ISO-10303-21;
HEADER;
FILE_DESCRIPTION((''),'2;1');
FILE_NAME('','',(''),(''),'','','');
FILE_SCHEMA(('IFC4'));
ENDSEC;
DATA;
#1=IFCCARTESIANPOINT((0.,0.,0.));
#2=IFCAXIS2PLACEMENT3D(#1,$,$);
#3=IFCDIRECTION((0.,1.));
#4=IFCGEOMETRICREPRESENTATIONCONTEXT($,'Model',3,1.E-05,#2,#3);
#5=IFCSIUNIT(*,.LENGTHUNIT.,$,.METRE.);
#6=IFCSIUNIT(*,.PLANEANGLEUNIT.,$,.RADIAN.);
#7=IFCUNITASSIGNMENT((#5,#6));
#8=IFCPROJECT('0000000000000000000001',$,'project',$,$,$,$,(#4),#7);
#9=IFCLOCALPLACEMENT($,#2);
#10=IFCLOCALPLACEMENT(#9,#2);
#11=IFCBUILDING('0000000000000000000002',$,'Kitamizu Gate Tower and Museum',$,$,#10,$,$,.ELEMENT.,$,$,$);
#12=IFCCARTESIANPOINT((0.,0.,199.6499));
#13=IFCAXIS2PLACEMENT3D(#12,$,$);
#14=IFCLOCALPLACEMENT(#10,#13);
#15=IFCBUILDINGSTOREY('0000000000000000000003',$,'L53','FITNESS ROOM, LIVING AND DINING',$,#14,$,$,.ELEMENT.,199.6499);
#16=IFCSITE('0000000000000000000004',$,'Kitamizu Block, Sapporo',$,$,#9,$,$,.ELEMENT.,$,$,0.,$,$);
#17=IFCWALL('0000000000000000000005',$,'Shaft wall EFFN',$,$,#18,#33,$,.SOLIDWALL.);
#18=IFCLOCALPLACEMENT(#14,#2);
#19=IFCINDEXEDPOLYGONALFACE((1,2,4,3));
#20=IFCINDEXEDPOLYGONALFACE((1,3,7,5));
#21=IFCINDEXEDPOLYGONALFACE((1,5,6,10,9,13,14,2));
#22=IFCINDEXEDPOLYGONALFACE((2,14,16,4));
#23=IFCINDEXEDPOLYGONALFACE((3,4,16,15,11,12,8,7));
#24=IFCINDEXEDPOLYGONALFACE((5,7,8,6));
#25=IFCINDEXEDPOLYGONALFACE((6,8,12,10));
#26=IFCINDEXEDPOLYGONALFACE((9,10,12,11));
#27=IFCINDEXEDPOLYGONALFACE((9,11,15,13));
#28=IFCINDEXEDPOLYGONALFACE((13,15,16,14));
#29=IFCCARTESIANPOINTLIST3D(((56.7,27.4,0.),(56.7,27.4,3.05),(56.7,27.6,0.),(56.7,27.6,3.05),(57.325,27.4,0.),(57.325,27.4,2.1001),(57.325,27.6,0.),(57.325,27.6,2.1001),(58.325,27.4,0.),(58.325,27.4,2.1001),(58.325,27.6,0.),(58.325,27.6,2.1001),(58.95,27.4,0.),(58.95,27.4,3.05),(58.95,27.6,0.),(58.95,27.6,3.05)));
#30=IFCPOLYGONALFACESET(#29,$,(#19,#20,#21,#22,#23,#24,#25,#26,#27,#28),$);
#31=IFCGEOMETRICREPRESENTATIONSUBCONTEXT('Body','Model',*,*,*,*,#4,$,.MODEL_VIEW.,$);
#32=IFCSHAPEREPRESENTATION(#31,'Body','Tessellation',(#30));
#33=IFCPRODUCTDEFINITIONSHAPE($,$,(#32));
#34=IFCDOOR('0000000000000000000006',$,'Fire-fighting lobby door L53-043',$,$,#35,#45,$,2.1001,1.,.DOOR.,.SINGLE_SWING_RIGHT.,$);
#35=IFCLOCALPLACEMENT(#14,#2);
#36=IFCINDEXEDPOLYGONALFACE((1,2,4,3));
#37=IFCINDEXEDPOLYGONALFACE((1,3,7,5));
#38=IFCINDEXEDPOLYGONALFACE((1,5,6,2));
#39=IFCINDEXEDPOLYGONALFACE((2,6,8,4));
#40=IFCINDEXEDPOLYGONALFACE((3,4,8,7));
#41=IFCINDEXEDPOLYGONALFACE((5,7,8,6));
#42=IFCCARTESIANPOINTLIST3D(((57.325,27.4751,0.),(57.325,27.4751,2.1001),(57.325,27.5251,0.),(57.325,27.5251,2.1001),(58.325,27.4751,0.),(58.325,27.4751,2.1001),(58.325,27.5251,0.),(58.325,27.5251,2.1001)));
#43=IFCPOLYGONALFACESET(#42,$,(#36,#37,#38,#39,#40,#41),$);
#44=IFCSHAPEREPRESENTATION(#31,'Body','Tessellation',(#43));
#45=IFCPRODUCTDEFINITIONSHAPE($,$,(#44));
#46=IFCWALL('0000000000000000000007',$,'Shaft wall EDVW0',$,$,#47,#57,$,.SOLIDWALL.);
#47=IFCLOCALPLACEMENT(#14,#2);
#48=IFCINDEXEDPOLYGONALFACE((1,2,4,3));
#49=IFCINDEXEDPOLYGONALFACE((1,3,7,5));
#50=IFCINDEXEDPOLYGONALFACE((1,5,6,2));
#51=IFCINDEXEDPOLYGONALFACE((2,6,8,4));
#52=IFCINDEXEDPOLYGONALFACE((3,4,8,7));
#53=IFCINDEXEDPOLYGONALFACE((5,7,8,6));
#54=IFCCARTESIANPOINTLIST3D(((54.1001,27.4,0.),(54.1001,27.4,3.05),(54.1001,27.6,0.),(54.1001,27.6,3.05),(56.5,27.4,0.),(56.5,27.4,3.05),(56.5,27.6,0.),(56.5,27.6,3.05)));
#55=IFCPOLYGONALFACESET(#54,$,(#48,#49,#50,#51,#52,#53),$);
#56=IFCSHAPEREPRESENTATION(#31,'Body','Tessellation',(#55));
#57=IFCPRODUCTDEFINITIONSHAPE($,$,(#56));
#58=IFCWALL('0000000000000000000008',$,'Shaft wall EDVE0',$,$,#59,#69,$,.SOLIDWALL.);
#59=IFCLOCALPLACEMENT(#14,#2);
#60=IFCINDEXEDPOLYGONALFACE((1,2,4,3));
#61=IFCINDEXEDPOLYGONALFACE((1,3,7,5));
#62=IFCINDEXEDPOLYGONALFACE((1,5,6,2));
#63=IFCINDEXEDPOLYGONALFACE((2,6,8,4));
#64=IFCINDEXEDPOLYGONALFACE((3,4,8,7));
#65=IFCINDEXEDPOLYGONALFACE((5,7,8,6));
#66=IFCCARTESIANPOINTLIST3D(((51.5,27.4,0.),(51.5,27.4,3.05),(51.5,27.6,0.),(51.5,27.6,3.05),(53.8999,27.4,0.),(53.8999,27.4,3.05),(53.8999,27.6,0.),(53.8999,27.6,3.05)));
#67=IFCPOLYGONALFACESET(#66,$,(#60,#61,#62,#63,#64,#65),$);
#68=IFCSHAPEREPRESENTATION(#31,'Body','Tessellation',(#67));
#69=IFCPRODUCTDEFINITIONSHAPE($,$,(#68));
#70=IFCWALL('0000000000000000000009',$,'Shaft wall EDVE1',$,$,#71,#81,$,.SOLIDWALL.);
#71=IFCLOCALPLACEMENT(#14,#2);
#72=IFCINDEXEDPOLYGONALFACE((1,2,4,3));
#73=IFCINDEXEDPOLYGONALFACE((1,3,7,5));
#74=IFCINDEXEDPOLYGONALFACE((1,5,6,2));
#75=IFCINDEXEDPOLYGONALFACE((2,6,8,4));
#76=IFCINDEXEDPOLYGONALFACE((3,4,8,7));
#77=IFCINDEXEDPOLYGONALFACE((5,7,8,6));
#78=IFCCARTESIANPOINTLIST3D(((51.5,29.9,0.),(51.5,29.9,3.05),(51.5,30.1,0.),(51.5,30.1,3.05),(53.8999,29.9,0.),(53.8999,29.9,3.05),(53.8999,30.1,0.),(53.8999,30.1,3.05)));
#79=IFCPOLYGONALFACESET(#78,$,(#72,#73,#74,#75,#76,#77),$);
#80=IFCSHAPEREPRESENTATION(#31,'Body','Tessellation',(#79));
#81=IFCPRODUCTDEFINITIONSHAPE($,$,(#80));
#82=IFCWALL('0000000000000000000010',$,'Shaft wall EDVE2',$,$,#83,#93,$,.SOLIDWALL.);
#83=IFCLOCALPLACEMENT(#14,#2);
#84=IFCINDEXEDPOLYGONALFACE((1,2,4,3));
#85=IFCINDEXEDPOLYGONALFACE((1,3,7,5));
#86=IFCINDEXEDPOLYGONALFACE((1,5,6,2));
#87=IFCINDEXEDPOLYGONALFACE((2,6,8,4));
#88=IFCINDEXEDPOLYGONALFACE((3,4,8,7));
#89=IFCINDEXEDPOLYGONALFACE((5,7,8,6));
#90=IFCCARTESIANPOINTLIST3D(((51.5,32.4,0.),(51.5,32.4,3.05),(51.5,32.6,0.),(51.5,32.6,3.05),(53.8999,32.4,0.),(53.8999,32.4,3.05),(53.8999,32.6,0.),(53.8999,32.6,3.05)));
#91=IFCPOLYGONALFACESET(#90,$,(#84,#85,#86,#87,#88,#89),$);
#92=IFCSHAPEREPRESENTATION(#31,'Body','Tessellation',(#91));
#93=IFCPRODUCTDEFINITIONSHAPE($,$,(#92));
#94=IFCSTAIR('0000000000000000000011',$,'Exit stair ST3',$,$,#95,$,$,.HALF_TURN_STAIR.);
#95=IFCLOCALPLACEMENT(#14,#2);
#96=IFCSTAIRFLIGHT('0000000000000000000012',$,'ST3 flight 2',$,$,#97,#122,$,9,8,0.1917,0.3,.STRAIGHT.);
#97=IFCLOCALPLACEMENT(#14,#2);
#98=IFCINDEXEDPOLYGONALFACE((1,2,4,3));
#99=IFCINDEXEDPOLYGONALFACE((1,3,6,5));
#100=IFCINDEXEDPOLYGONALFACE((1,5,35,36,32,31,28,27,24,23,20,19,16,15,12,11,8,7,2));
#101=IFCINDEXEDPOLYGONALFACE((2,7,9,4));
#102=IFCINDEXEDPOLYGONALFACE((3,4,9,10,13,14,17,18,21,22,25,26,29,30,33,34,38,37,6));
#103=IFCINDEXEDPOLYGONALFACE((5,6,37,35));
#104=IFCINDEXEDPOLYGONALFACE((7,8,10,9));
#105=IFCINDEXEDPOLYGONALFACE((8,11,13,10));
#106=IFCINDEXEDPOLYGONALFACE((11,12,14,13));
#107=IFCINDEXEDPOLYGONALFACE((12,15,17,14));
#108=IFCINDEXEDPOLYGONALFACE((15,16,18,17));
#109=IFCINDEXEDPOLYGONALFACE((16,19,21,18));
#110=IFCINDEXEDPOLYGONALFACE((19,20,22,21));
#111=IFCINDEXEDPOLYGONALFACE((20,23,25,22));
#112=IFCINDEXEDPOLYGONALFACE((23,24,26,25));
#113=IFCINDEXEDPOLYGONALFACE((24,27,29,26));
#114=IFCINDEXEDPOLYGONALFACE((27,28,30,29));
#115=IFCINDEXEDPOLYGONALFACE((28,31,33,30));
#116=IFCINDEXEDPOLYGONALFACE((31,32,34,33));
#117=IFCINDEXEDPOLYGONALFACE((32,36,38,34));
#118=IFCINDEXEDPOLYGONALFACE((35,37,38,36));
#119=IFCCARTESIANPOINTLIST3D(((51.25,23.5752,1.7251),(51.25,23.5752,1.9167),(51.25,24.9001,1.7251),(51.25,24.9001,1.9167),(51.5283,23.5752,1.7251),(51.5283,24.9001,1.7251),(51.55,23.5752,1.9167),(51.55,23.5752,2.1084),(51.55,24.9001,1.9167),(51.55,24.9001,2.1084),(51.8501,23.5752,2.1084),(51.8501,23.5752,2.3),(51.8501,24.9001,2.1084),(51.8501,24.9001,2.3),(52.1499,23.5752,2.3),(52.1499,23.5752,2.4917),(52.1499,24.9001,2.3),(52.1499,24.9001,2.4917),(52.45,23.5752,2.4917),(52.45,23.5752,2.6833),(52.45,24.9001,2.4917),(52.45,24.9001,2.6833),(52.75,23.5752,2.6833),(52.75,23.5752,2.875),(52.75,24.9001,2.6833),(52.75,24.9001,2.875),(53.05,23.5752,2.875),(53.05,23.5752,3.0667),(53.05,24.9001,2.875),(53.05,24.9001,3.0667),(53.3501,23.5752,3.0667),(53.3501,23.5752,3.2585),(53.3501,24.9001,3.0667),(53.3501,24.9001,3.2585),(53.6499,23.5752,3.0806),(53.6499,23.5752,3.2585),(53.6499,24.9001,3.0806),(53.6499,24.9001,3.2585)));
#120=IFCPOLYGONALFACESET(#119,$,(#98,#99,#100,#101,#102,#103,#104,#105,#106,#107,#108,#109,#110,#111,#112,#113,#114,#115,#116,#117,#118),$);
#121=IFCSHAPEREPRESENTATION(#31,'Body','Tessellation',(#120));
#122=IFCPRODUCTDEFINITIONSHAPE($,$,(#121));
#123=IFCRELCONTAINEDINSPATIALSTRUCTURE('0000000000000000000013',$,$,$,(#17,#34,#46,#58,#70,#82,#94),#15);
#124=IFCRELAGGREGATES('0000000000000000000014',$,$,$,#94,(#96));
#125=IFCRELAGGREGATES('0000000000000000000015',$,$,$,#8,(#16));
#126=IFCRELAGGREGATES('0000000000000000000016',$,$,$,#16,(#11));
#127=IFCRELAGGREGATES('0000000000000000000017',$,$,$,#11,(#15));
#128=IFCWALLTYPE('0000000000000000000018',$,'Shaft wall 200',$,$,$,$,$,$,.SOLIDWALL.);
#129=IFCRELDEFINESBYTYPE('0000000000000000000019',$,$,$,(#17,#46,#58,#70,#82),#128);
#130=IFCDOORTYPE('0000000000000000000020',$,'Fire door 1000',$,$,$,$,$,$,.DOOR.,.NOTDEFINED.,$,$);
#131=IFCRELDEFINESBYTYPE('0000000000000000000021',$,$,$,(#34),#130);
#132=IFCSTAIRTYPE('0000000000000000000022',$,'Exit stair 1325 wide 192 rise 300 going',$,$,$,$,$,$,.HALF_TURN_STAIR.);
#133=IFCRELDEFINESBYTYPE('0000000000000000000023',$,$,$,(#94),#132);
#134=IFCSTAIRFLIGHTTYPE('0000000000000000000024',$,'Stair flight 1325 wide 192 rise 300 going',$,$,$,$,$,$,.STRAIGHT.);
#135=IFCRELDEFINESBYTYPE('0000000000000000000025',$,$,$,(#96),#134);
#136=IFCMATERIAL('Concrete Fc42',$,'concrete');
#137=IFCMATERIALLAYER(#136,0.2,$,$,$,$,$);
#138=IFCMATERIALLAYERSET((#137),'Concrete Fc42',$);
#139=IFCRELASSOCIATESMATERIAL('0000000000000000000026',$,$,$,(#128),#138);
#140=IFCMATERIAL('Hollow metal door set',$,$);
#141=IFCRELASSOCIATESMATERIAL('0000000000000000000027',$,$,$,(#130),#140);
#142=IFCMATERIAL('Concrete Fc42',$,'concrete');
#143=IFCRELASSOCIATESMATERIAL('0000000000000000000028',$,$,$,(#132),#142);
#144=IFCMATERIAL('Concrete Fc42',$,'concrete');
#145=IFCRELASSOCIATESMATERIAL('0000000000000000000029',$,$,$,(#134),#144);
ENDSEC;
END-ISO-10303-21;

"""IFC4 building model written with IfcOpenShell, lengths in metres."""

from ifc_helpers import new_model, si_unit, direction, frame, frame_2d, origin, place, context, subcontext, project, spatial, polyline, rectangle, outline, extrude, material, layer, layer_set, type_object, element, fill, aggregate, save


model = new_model("IFC4")

# Units and contexts
model_context = context("Model", 3, precision=1e-05, world=origin(), true_north=direction((0.0, 1.0)))
body_context = subcontext(model_context, "Body", "Model", "MODEL_VIEW")
ifc_project = project(units=[si_unit("LENGTHUNIT", "METRE"), si_unit("PLANEANGLEUNIT", "RADIAN")], contexts=[model_context])

# Site, building, storey
site_placement = place(None, origin())
site = spatial("IfcSite", under=ifc_project, at=site_placement, Name="Kitamizu Block, Sapporo", CompositionType="ELEMENT", RefElevation=0.0)
building_placement = place(site_placement, origin())
building = spatial("IfcBuilding", under=site, at=building_placement, Name="Kitamizu Gate Tower and Museum", CompositionType="ELEMENT")
storey_placement = place(building_placement, frame((0.0, 0.0, 199.6499)))
storey = spatial("IfcBuildingStorey", under=building, at=storey_placement, Name="L53", Description="FITNESS ROOM, LIVING AND DINING", CompositionType="ELEMENT", Elevation=199.6499)

# Shared definitions
ifc_material_1 = material(Name="Concrete Fc42", Category="concrete")
ifc_layer_1 = layer(ifc_material_1, 0.2)
ifc_layer_set_1 = layer_set([ifc_layer_1], Name="Concrete Fc42")
wall_type_1 = type_object("IfcWallType", Name="Shaft wall 200", PredefinedType="SOLIDWALL", material=ifc_layer_set_1)
ifc_material_2 = material(Name="Hollow metal door set")
door_type_1 = type_object("IfcDoorType", Name="Fire door 1000", OperationType="NOTDEFINED", PredefinedType="DOOR", material=ifc_material_2)

# Wall, opening, door
wall_1_placement = place(storey_placement, frame((58.95, 27.5, 0.0), z_axis=(0.0, 0.0, 1.0), x_axis=(-1.0, 0.0, 0.0)))
wall_1 = element("IfcWall", 1, at=wall_1_placement, inside=storey, type_object=wall_type_1, Name="Shaft wall EFFN", PredefinedType="SOLIDWALL", context=body_context, shape_type="SweptSolid", body=[
    extrude(rectangle(XDim=2.25, YDim=0.2, at=frame_2d((1.125, 0.0))), origin(), (0.0, 0.0, 1.0), 3.05),
])
opening_1_placement = place(wall_1_placement, frame((0.625, 0.0, 0.0)))
opening_1 = element("IfcOpeningElement", 2, at=opening_1_placement, cuts=wall_1, PredefinedType="OPENING", context=body_context, shape_type="SweptSolid", body=[
    extrude(rectangle(XDim=1.0, YDim=2.1001, at=frame_2d((0.5, 1.05))), frame((0.0, 0.1099, 0.0), z_axis=(0.0, -1.0, 0.0), x_axis=(1.0, 0.0, 0.0)), (0.0, 0.0, 1.0), 0.22),
])
door_1_placement = place(opening_1_placement, origin())
door_1 = element("IfcDoor", 3, at=door_1_placement, inside=storey, type_object=door_type_1, Name="Fire-fighting lobby door L53-043", OperationType="SINGLE_SWING_RIGHT", OverallHeight=2.1001, OverallWidth=1.0, PredefinedType="DOOR", context=body_context, shape_type="SweptSolid", body=[
    extrude(rectangle(XDim=1.0, YDim=2.1001, at=frame_2d((0.5, 1.05))), frame((0.0, 0.0249, 0.0), z_axis=(0.0, -1.0, 0.0), x_axis=(1.0, 0.0, 0.0)), (0.0, 0.0, 1.0), 0.05),
])
fill(opening_1, door_1)

# Walls
for number, where, z_axis, x_axis, name in (
    (4, (56.5, 27.5, 0.0), (0.0, 0.0, 1.0), (-1.0, 0.0, 0.0), "Shaft wall EDVW0"),
    (5, (53.8999, 27.5, 0.0), (0.0, 0.0, 1.0), (-1.0, 0.0, 0.0), "Shaft wall EDVE0"),
    (6, (53.8999, 30.0, 0.0), (0.0, 0.0, 1.0), (-1.0, 0.0, 0.0), "Shaft wall EDVE1"),
    (7, (53.8999, 32.5, 0.0), (0.0, 0.0, 1.0), (-1.0, 0.0, 0.0), "Shaft wall EDVE2"),
):
    element("IfcWall", number, at=place(storey_placement, frame(where, z_axis=z_axis, x_axis=x_axis)), inside=storey, type_object=wall_type_1, Name=name, PredefinedType="SOLIDWALL", context=body_context, shape_type="SweptSolid", body=[
        extrude(rectangle(XDim=2.3999, YDim=0.2, at=frame_2d((1.2, 0.0))), origin(), (0.0, 0.0, 1.0), 3.05),
    ])

# Stair, stair flight
ifc_material_3 = material(Name="Concrete Fc42", Category="concrete")
stair_type = type_object("IfcStairType", Name="Exit stair 1325 wide 192 rise 300 going", PredefinedType="HALF_TURN_STAIR", material=ifc_material_3)
stair_placement = place(storey_placement, origin())
stair = element("IfcStair", 8, at=stair_placement, inside=storey, type_object=stair_type, Name="Exit stair ST3", PredefinedType="HALF_TURN_STAIR")
ifc_material_4 = material(Name="Concrete Fc42", Category="concrete")
stair_flight_type = type_object("IfcStairFlightType", Name="Stair flight 1325 wide 192 rise 300 going", PredefinedType="STRAIGHT", material=ifc_material_4)
stair_flight_placement = place(storey_placement, frame((51.25, 24.2375, 1.7251), z_axis=(0.0, 0.0, 1.0), x_axis=(1.0, 0.0, 0.0)))
stair_flight = element("IfcStairFlight", 9, at=stair_flight_placement, type_object=stair_flight_type, Name="ST3 flight 2", NumberOfRisers=9, NumberOfTreads=8, PredefinedType="STRAIGHT", RiserHeight=0.1917, TreadLength=0.3, context=body_context, shape_type="SweptSolid", body=[
    extrude(outline(polyline([(0.0, 0.0), (0.0, 0.1917), (0.3, 0.1917), (0.3, 0.3833), (0.6001, 0.3833), (0.6001, 0.575), (0.8999, 0.575), (0.8999, 0.7666), (1.2, 0.7666), (1.2, 0.9583), (1.5, 0.9583), (1.5, 1.1499), (1.8, 1.1499), (1.8, 1.3416), (2.1001, 1.3416), (2.1001, 1.5334), (2.3999, 1.5334), (2.3999, 1.7251), (2.3999, 1.3555), (0.2783, 0.0), (0.0, 0.0)])), frame((0.0, 0.6626, 0.0), z_axis=(0.0, -1.0, 0.0), x_axis=(1.0, 0.0, 0.0)), (0.0, 0.0, 1.0), 1.325),
])
aggregate(stair, [stair_flight])

save(model, "model.ifc")
